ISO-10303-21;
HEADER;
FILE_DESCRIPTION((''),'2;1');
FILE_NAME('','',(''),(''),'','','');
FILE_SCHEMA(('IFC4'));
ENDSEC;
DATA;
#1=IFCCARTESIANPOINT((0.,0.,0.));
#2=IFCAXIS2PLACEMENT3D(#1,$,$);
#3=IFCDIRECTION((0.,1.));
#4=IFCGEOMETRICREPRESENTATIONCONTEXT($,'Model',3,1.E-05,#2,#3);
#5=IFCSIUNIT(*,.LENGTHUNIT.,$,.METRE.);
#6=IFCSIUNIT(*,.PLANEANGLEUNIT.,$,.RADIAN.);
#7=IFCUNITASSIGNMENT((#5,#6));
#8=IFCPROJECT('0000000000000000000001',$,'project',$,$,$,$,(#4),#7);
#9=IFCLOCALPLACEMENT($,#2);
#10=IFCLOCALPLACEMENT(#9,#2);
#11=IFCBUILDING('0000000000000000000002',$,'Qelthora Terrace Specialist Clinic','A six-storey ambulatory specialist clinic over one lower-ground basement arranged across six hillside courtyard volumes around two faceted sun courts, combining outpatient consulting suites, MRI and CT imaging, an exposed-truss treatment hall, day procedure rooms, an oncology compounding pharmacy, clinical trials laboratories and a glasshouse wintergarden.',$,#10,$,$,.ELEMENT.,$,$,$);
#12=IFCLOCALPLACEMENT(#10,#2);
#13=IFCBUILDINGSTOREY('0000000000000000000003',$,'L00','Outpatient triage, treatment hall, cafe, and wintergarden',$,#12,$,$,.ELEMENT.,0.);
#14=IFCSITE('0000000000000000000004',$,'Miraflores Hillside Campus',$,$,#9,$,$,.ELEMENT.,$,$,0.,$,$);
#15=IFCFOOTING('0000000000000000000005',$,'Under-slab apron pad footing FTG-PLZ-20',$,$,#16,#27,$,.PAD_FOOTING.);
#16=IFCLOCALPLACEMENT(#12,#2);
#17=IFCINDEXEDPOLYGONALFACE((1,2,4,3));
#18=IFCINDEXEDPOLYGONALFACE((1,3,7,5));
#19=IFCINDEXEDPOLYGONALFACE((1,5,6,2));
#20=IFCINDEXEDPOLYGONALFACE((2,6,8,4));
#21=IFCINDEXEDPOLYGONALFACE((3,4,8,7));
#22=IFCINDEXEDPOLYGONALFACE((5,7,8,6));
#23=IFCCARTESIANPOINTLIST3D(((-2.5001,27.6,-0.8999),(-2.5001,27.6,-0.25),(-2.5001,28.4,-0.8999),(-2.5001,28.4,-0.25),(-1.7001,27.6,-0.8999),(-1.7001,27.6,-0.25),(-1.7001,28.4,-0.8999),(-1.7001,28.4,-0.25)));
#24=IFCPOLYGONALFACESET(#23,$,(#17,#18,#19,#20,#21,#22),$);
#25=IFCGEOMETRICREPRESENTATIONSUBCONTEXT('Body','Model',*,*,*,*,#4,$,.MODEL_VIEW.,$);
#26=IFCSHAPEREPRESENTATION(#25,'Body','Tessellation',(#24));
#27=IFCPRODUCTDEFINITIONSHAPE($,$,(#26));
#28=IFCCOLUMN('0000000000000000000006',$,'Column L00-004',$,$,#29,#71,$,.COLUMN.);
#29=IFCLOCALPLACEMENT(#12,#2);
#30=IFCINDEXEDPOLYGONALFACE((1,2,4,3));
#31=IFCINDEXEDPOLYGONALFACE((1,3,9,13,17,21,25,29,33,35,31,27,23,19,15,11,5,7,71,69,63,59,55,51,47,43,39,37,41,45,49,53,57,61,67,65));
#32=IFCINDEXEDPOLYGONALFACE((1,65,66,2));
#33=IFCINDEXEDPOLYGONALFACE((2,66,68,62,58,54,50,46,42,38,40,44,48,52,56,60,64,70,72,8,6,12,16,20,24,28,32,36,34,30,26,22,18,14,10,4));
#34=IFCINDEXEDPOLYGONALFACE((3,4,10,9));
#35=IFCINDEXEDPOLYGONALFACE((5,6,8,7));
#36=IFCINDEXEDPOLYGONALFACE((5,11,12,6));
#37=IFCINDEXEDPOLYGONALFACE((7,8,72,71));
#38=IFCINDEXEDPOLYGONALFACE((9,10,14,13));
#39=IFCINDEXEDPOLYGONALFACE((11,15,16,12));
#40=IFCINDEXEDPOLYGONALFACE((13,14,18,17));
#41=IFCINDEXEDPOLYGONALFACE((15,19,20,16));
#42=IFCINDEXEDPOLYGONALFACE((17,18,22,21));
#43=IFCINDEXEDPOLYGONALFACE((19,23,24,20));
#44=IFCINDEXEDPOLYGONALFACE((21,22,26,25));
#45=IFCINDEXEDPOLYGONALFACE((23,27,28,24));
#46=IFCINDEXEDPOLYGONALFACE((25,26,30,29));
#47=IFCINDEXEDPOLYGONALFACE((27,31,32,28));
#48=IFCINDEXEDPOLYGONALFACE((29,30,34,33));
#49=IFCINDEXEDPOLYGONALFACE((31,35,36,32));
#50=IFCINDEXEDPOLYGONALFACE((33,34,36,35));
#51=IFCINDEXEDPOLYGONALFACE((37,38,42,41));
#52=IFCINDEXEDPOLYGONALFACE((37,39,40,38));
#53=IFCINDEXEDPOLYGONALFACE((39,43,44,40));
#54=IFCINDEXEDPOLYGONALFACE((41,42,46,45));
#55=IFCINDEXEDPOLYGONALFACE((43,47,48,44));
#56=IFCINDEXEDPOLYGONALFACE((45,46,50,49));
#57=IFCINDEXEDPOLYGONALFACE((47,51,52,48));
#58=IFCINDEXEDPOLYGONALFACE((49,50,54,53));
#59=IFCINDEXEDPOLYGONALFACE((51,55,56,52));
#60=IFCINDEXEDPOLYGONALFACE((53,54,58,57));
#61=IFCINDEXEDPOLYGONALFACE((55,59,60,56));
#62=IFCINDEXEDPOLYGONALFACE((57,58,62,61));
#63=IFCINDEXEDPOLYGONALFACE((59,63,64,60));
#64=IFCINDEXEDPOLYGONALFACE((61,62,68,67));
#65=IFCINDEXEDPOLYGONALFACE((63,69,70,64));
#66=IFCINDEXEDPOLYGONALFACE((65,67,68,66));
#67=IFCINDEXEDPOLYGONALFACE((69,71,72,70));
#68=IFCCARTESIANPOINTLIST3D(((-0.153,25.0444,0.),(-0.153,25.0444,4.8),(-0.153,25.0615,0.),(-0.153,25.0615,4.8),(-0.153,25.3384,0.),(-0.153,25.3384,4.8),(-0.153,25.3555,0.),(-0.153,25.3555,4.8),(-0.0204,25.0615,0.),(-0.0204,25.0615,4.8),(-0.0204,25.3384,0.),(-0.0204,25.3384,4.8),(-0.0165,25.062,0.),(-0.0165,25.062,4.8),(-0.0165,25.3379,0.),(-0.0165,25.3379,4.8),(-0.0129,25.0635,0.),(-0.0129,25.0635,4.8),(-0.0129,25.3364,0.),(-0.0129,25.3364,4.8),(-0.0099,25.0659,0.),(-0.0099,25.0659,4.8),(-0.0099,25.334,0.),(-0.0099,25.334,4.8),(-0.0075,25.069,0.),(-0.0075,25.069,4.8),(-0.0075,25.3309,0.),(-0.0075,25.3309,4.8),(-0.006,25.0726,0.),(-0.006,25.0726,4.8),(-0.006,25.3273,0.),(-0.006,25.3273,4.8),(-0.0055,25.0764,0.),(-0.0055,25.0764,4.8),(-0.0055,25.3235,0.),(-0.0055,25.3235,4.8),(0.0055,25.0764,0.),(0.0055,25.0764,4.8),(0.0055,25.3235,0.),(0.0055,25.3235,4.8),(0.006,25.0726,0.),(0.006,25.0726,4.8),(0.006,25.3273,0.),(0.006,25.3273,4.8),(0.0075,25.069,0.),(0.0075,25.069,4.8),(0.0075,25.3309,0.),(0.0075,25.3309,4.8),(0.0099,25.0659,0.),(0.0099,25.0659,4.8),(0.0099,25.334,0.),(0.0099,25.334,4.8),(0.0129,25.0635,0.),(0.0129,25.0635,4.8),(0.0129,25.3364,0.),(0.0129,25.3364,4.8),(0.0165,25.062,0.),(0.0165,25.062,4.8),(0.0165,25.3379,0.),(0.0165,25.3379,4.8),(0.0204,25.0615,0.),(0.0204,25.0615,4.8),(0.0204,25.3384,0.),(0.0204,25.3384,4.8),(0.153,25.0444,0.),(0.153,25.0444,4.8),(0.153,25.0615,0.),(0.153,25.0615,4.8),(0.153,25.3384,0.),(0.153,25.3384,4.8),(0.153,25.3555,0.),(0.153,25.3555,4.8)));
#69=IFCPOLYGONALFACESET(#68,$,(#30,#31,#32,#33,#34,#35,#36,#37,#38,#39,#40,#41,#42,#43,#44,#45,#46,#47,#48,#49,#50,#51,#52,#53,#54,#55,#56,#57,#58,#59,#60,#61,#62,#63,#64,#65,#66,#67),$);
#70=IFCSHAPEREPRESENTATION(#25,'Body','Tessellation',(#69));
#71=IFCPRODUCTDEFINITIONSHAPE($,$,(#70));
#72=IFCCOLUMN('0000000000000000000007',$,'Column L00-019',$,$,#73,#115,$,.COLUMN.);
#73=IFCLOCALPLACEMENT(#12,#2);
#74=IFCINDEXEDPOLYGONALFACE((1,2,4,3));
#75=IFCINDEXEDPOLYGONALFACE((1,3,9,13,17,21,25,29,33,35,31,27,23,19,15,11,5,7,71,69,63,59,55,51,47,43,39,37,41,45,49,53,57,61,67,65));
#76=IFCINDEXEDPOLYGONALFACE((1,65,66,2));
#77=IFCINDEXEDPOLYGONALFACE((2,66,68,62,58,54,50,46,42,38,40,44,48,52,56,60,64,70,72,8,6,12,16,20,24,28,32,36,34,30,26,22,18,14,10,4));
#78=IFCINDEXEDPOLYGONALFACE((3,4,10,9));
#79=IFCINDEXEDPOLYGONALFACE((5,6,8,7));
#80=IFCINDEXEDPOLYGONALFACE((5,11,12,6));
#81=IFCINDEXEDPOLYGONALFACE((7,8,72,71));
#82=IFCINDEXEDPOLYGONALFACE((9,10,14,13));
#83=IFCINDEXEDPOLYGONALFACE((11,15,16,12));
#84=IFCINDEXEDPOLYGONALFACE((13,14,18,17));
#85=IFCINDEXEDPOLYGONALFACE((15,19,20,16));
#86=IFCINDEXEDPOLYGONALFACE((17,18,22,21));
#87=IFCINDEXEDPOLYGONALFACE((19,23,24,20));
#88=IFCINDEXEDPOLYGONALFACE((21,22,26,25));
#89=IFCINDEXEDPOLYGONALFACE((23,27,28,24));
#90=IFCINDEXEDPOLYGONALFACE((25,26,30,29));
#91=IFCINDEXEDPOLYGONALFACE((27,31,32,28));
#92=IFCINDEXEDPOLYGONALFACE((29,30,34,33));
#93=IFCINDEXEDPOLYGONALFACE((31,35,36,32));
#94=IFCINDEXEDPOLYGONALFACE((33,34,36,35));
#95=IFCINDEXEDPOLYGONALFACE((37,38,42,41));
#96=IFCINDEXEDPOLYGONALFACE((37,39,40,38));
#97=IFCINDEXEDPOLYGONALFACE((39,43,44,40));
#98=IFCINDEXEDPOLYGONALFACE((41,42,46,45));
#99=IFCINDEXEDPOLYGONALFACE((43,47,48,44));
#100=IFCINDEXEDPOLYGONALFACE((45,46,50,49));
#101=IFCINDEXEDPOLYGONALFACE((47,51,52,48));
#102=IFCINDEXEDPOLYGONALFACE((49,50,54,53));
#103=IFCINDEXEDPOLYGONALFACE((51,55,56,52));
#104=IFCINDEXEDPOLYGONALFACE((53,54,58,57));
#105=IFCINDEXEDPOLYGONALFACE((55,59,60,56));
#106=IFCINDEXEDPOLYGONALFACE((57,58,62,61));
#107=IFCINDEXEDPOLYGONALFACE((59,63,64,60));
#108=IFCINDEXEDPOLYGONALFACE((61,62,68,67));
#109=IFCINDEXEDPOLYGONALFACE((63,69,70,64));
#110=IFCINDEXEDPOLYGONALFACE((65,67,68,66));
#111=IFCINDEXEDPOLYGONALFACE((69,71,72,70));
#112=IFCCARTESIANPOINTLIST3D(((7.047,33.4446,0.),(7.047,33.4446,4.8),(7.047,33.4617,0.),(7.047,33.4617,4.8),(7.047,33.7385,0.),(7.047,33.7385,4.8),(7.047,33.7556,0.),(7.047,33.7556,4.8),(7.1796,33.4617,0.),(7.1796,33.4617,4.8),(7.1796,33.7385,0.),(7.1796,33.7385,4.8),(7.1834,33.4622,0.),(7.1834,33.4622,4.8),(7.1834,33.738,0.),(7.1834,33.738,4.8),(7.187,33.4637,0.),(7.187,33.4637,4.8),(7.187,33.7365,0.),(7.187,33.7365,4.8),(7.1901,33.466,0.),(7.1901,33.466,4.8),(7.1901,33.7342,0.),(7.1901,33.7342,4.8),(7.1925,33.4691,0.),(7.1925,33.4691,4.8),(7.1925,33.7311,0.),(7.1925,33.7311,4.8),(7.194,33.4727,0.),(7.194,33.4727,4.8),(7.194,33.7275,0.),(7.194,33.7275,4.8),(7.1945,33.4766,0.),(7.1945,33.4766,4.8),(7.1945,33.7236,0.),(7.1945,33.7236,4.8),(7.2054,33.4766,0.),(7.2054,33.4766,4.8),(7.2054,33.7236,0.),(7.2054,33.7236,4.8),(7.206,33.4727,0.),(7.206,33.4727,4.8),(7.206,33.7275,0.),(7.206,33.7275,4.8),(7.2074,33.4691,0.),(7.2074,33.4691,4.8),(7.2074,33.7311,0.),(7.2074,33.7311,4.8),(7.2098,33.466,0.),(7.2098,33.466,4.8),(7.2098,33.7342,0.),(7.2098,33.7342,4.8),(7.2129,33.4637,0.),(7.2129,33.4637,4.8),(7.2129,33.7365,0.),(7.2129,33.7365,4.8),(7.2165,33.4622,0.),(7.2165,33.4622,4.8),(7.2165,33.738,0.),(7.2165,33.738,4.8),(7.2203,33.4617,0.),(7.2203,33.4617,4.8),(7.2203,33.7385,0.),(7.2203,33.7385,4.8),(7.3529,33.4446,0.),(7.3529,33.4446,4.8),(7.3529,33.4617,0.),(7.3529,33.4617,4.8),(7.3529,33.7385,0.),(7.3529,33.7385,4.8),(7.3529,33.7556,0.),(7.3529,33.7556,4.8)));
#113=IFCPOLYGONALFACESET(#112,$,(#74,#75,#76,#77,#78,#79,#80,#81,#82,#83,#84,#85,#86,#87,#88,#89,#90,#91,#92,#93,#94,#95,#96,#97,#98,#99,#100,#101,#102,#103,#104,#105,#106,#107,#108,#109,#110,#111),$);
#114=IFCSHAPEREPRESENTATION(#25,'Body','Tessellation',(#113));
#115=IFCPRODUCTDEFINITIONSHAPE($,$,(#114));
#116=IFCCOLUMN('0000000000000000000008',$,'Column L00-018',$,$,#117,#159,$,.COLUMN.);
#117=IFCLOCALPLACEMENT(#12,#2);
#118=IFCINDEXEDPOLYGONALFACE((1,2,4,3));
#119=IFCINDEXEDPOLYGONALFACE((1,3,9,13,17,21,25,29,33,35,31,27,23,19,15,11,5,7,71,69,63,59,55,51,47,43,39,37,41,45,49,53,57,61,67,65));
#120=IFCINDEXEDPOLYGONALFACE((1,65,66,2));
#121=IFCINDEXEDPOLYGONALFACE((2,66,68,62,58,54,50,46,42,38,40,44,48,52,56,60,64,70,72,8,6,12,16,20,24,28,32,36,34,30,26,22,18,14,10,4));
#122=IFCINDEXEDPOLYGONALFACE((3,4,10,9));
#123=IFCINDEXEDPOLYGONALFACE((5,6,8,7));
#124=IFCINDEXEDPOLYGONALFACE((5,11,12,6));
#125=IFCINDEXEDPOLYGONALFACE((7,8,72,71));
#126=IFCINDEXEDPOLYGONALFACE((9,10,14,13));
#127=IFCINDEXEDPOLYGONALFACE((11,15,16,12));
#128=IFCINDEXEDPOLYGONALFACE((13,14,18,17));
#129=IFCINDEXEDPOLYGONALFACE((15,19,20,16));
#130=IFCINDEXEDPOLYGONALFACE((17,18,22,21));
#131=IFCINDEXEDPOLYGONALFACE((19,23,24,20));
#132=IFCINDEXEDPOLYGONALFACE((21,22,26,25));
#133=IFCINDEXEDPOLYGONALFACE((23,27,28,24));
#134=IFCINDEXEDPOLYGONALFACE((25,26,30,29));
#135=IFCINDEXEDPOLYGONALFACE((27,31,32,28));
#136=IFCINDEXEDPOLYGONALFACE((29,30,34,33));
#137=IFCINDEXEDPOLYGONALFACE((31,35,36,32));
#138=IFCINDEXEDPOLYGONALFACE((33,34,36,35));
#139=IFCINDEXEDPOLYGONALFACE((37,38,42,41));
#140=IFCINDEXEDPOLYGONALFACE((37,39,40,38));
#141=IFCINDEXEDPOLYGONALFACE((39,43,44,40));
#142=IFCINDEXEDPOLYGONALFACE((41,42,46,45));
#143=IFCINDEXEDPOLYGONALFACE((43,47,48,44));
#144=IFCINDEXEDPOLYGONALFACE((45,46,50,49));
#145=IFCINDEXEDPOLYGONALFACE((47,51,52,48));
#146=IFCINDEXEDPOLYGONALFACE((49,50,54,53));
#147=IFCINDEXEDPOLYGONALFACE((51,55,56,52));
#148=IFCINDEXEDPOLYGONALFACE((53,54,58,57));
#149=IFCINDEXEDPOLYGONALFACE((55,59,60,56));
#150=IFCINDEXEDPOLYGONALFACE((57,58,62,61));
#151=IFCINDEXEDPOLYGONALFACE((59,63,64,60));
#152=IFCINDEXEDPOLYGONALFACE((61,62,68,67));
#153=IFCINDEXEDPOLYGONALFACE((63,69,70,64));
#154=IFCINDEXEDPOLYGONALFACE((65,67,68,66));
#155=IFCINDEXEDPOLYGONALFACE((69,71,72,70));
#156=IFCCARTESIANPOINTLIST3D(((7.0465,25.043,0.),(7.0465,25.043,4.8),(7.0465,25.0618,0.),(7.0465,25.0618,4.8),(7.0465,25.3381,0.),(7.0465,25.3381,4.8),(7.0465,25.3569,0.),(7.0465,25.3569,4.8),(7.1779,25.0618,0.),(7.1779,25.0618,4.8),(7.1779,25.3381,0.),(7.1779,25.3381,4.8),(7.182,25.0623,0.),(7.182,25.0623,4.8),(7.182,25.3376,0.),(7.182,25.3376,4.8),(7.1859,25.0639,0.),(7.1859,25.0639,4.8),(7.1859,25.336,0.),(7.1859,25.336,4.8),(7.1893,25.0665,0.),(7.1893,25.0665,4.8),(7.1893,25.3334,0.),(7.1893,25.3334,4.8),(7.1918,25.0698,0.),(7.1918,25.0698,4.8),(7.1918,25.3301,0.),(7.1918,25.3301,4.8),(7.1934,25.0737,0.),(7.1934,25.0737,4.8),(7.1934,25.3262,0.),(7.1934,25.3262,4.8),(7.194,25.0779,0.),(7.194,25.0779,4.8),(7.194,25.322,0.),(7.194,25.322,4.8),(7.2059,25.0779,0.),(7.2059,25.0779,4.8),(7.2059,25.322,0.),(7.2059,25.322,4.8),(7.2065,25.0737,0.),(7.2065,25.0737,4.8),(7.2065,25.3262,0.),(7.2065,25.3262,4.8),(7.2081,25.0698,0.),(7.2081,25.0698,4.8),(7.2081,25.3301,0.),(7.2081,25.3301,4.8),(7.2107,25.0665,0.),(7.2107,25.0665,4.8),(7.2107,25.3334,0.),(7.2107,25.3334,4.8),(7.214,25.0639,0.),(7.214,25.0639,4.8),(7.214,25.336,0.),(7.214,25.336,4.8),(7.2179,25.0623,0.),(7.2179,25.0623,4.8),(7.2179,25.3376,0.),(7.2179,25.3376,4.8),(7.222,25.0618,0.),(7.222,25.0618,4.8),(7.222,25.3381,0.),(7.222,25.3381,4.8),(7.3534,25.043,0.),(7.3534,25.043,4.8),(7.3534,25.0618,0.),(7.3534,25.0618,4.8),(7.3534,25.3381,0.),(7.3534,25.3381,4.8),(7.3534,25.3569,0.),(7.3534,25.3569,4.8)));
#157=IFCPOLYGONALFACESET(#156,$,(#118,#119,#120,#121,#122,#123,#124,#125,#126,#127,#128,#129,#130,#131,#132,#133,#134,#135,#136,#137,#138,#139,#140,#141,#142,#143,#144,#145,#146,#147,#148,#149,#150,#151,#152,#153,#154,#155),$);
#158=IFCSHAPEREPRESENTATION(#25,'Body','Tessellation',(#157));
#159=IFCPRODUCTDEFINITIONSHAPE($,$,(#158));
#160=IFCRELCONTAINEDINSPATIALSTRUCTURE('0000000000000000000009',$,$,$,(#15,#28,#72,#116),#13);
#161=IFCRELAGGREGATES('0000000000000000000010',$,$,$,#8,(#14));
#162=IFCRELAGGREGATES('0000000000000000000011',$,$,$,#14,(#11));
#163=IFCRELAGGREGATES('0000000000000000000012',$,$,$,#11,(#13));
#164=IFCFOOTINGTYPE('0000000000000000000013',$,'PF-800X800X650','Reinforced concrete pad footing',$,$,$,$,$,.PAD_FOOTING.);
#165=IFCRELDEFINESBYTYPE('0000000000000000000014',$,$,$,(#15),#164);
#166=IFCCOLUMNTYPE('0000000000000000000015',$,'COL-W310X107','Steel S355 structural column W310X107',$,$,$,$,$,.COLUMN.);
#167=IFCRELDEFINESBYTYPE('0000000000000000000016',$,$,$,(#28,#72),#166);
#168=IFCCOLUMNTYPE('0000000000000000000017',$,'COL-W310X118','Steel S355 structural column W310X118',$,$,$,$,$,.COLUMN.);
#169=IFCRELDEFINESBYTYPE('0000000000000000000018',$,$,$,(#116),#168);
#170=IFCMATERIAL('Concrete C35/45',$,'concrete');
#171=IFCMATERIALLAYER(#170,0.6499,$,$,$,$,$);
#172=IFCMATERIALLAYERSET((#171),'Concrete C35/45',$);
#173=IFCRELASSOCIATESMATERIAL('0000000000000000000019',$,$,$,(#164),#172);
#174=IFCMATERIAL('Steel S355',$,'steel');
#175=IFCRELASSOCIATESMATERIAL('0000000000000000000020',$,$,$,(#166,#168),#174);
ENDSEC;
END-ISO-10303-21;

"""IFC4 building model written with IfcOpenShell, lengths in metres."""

from ifc_helpers import new_model, si_unit, direction, frame, origin, origin_2d, place, context, subcontext, project, spatial, rectangle, i_section, extrude, material, layer, layer_set, material_profile, profile_set, type_object, element, save


model = new_model("IFC4")

# Units and contexts
model_context = context("Model", 3, precision=1e-05, world=origin(), true_north=direction((0.0, 1.0)))
body_context = subcontext(model_context, "Body", "Model", "MODEL_VIEW")
ifc_project = project(units=[si_unit("LENGTHUNIT", "METRE"), si_unit("PLANEANGLEUNIT", "RADIAN")], contexts=[model_context])

# Site, building, storey
site_placement = place(None, origin())
site = spatial("IfcSite", under=ifc_project, at=site_placement, Name="Miraflores Hillside Campus", CompositionType="ELEMENT", RefElevation=0.0)
building_placement = place(site_placement, origin())
building = spatial("IfcBuilding", under=site, at=building_placement, Name="Qelthora Terrace Specialist Clinic", Description="A six-storey ambulatory specialist clinic over one lower-ground basement arranged across six hillside courtyard volumes around two faceted sun courts, combining outpatient consulting suites, MRI and CT imaging, an exposed-truss treatment hall, day procedure rooms, an oncology compounding pharmacy, clinical trials laboratories and a glasshouse wintergarden.", CompositionType="ELEMENT")
storey_placement = place(building_placement, origin())
storey = spatial("IfcBuildingStorey", under=building, at=storey_placement, Name="L00", Description="Outpatient triage, treatment hall, cafe, and wintergarden", CompositionType="ELEMENT", Elevation=0.0)

# Footing
ifc_material_1 = material(Name="Concrete C35/45", Category="concrete")
ifc_layer_1 = layer(ifc_material_1, 0.6499)
ifc_layer_set_1 = layer_set([ifc_layer_1], Name="Concrete C35/45")
footing_type = type_object("IfcFootingType", Name="PF-800X800X650", Description="Reinforced concrete pad footing", PredefinedType="PAD_FOOTING", material=ifc_layer_set_1)
footing_placement = place(storey_placement, frame((-2.1001, 28.0, -0.8999), z_axis=(0.0, 0.0, 1.0), x_axis=(1.0, 0.0, 0.0)))
element("IfcFooting", 1, at=footing_placement, inside=storey, type_object=footing_type, Name="Under-slab apron pad footing FTG-PLZ-20", PredefinedType="PAD_FOOTING", context=body_context, shape_type="SweptSolid", body=[
    extrude(rectangle(XDim=0.8, YDim=0.8, at=origin_2d()), origin(), (0.0, 0.0, 1.0), 0.6499),
])

# Columns
ifc_material_2 = material(Name="Steel S355", Category="steel")
ifc_material_profile_1 = material_profile(ifc_material_2, i_section(OverallWidth=0.3059, OverallDepth=0.311, WebThickness=0.011, FlangeThickness=0.0171, FilletRadius=0.0149, at=origin_2d()), Name="W310X107")
ifc_profile_set_1 = profile_set([ifc_material_profile_1], Name="Steel S355")
column_type_1 = type_object("IfcColumnType", Name="COL-W310X107", Description="Steel S355 structural column W310X107", PredefinedType="COLUMN", material=ifc_profile_set_1)
for number, where, z_axis, x_axis, name in (
    (2, (0.0, 25.2, 0.0), (0.0, 0.0, 1.0), (1.0, 0.0, 0.0), "Column L00-004"),
    (3, (7.2, 33.6001, 0.0), (0.0, 0.0, 1.0), (1.0, 0.0, 0.0), "Column L00-019"),
):
    element("IfcColumn", number, at=place(storey_placement, frame(where, z_axis=z_axis, x_axis=x_axis)), inside=storey, type_object=column_type_1, Name=name, PredefinedType="COLUMN", context=body_context, shape_type="SweptSolid", body=[
        extrude(i_section(OverallWidth=0.3059, OverallDepth=0.311, WebThickness=0.011, FlangeThickness=0.0171, FilletRadius=0.0149, at=origin_2d()), origin(), (0.0, 0.0, 1.0), 4.8),
    ])
ifc_material_profile_2 = material_profile(ifc_material_2, i_section(OverallWidth=0.3069, OverallDepth=0.314, WebThickness=0.012, FlangeThickness=0.0188, FilletRadius=0.0161, at=origin_2d()), Name="W310X118")
ifc_profile_set_2 = profile_set([ifc_material_profile_2], Name="Steel S355")
column_type_2 = type_object("IfcColumnType", Name="COL-W310X118", Description="Steel S355 structural column W310X118", PredefinedType="COLUMN", material=ifc_profile_set_2)
column_1_placement = place(storey_placement, frame((7.2, 25.2, 0.0), z_axis=(0.0, 0.0, 1.0), x_axis=(1.0, 0.0, 0.0)))
element("IfcColumn", 4, at=column_1_placement, inside=storey, type_object=column_type_2, Name="Column L00-018", PredefinedType="COLUMN", context=body_context, shape_type="SweptSolid", body=[
    extrude(i_section(OverallWidth=0.3069, OverallDepth=0.314, WebThickness=0.012, FlangeThickness=0.0188, FilletRadius=0.0161, at=origin_2d()), origin(), (0.0, 0.0, 1.0), 4.8),
])

save(model, "model.ifc")
